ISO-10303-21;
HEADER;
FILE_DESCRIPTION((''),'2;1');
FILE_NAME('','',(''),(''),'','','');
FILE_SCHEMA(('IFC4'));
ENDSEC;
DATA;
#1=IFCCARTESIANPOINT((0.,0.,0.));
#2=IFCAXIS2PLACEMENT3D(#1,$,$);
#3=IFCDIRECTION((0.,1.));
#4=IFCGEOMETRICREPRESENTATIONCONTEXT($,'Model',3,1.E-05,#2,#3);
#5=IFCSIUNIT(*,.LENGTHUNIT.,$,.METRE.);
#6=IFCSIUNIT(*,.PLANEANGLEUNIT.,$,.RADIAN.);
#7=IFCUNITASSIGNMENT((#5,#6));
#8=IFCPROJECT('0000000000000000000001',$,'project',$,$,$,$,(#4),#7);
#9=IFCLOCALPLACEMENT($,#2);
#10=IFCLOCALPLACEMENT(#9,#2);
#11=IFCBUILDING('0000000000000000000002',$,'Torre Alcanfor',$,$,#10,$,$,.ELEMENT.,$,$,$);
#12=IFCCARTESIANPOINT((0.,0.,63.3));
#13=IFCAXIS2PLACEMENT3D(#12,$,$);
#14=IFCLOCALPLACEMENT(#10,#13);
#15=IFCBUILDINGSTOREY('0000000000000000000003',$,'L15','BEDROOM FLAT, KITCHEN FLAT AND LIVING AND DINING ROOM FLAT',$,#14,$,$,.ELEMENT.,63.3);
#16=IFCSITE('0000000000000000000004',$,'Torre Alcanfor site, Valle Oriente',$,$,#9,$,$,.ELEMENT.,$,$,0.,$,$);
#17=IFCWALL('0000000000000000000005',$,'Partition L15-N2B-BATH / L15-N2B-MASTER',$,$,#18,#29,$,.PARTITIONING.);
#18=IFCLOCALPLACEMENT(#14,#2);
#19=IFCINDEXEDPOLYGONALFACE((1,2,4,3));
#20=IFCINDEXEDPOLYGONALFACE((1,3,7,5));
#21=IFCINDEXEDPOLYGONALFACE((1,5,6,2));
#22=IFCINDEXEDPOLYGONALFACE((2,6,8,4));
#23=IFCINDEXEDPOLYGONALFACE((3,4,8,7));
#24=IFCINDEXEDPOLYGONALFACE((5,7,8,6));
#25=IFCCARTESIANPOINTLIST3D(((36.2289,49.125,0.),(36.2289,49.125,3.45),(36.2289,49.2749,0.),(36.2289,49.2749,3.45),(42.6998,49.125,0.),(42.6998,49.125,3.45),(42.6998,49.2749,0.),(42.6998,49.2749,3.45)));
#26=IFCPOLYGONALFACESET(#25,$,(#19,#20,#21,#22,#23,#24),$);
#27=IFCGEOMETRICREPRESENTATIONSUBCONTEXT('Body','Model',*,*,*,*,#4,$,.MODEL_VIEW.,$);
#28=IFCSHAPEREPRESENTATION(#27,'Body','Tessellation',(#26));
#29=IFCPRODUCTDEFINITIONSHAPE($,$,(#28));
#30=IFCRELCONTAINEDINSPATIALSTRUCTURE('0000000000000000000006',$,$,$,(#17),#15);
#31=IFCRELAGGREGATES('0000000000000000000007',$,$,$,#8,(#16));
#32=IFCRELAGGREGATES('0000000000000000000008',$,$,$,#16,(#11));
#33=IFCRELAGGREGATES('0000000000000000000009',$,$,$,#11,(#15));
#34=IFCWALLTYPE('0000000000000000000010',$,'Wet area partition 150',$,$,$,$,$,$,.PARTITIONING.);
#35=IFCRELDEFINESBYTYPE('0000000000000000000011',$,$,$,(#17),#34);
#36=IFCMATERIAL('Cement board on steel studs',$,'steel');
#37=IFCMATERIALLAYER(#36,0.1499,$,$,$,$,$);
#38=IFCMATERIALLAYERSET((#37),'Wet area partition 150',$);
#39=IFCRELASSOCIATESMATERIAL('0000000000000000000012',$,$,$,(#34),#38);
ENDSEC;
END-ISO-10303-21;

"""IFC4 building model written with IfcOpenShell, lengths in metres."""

from ifc_helpers import new_model, si_unit, direction, frame, frame_2d, origin, place, context, subcontext, project, spatial, rectangle, extrude, material, layer, layer_set, type_object, element, save


model = new_model("IFC4")

# Units and contexts
model_context = context("Model", 3, precision=1e-05, world=origin(), true_north=direction((0.0, 1.0)))
body_context = subcontext(model_context, "Body", "Model", "MODEL_VIEW")
ifc_project = project(units=[si_unit("LENGTHUNIT", "METRE"), si_unit("PLANEANGLEUNIT", "RADIAN")], contexts=[model_context])

# Site, building, storey
site_placement = place(None, origin())
site = spatial("IfcSite", under=ifc_project, at=site_placement, Name="Torre Alcanfor site, Valle Oriente", CompositionType="ELEMENT", RefElevation=0.0)
building_placement = place(site_placement, origin())
building = spatial("IfcBuilding", under=site, at=building_placement, Name="Torre Alcanfor", CompositionType="ELEMENT")
storey_placement = place(building_placement, frame((0.0, 0.0, 63.3)))
storey = spatial("IfcBuildingStorey", under=building, at=storey_placement, Name="L15", Description="BEDROOM FLAT, KITCHEN FLAT AND LIVING AND DINING ROOM FLAT", CompositionType="ELEMENT", Elevation=63.3)

# Shared definitions
ifc_material_1 = material(Name="Cement board on steel studs", Category="steel")
ifc_layer_1 = layer(ifc_material_1, 0.1499)
ifc_layer_set_1 = layer_set([ifc_layer_1], Name="Wet area partition 150")
wall_type_1 = type_object("IfcWallType", Name="Wet area partition 150", PredefinedType="PARTITIONING", material=ifc_layer_set_1)

# Wall
for number, where, z_axis, x_axis, name in (
    (1, (36.229, 49.2, 0.0), (0.0, 0.0, 1.0), (1.0, 0.0, 0.0), "Partition L15-N2B-BATH / L15-N2B-MASTER"),
):
    element("IfcWall", number, at=place(storey_placement, frame(where, z_axis=z_axis, x_axis=x_axis)), inside=storey, type_object=wall_type_1, Name=name, PredefinedType="PARTITIONING", context=body_context, shape_type="SweptSolid", body=[
        extrude(rectangle(XDim=6.4709, YDim=0.1499, at=frame_2d((3.2354, 0.0))), origin(), (0.0, 0.0, 1.0), 3.45),
    ])

save(model, "model.ifc")
